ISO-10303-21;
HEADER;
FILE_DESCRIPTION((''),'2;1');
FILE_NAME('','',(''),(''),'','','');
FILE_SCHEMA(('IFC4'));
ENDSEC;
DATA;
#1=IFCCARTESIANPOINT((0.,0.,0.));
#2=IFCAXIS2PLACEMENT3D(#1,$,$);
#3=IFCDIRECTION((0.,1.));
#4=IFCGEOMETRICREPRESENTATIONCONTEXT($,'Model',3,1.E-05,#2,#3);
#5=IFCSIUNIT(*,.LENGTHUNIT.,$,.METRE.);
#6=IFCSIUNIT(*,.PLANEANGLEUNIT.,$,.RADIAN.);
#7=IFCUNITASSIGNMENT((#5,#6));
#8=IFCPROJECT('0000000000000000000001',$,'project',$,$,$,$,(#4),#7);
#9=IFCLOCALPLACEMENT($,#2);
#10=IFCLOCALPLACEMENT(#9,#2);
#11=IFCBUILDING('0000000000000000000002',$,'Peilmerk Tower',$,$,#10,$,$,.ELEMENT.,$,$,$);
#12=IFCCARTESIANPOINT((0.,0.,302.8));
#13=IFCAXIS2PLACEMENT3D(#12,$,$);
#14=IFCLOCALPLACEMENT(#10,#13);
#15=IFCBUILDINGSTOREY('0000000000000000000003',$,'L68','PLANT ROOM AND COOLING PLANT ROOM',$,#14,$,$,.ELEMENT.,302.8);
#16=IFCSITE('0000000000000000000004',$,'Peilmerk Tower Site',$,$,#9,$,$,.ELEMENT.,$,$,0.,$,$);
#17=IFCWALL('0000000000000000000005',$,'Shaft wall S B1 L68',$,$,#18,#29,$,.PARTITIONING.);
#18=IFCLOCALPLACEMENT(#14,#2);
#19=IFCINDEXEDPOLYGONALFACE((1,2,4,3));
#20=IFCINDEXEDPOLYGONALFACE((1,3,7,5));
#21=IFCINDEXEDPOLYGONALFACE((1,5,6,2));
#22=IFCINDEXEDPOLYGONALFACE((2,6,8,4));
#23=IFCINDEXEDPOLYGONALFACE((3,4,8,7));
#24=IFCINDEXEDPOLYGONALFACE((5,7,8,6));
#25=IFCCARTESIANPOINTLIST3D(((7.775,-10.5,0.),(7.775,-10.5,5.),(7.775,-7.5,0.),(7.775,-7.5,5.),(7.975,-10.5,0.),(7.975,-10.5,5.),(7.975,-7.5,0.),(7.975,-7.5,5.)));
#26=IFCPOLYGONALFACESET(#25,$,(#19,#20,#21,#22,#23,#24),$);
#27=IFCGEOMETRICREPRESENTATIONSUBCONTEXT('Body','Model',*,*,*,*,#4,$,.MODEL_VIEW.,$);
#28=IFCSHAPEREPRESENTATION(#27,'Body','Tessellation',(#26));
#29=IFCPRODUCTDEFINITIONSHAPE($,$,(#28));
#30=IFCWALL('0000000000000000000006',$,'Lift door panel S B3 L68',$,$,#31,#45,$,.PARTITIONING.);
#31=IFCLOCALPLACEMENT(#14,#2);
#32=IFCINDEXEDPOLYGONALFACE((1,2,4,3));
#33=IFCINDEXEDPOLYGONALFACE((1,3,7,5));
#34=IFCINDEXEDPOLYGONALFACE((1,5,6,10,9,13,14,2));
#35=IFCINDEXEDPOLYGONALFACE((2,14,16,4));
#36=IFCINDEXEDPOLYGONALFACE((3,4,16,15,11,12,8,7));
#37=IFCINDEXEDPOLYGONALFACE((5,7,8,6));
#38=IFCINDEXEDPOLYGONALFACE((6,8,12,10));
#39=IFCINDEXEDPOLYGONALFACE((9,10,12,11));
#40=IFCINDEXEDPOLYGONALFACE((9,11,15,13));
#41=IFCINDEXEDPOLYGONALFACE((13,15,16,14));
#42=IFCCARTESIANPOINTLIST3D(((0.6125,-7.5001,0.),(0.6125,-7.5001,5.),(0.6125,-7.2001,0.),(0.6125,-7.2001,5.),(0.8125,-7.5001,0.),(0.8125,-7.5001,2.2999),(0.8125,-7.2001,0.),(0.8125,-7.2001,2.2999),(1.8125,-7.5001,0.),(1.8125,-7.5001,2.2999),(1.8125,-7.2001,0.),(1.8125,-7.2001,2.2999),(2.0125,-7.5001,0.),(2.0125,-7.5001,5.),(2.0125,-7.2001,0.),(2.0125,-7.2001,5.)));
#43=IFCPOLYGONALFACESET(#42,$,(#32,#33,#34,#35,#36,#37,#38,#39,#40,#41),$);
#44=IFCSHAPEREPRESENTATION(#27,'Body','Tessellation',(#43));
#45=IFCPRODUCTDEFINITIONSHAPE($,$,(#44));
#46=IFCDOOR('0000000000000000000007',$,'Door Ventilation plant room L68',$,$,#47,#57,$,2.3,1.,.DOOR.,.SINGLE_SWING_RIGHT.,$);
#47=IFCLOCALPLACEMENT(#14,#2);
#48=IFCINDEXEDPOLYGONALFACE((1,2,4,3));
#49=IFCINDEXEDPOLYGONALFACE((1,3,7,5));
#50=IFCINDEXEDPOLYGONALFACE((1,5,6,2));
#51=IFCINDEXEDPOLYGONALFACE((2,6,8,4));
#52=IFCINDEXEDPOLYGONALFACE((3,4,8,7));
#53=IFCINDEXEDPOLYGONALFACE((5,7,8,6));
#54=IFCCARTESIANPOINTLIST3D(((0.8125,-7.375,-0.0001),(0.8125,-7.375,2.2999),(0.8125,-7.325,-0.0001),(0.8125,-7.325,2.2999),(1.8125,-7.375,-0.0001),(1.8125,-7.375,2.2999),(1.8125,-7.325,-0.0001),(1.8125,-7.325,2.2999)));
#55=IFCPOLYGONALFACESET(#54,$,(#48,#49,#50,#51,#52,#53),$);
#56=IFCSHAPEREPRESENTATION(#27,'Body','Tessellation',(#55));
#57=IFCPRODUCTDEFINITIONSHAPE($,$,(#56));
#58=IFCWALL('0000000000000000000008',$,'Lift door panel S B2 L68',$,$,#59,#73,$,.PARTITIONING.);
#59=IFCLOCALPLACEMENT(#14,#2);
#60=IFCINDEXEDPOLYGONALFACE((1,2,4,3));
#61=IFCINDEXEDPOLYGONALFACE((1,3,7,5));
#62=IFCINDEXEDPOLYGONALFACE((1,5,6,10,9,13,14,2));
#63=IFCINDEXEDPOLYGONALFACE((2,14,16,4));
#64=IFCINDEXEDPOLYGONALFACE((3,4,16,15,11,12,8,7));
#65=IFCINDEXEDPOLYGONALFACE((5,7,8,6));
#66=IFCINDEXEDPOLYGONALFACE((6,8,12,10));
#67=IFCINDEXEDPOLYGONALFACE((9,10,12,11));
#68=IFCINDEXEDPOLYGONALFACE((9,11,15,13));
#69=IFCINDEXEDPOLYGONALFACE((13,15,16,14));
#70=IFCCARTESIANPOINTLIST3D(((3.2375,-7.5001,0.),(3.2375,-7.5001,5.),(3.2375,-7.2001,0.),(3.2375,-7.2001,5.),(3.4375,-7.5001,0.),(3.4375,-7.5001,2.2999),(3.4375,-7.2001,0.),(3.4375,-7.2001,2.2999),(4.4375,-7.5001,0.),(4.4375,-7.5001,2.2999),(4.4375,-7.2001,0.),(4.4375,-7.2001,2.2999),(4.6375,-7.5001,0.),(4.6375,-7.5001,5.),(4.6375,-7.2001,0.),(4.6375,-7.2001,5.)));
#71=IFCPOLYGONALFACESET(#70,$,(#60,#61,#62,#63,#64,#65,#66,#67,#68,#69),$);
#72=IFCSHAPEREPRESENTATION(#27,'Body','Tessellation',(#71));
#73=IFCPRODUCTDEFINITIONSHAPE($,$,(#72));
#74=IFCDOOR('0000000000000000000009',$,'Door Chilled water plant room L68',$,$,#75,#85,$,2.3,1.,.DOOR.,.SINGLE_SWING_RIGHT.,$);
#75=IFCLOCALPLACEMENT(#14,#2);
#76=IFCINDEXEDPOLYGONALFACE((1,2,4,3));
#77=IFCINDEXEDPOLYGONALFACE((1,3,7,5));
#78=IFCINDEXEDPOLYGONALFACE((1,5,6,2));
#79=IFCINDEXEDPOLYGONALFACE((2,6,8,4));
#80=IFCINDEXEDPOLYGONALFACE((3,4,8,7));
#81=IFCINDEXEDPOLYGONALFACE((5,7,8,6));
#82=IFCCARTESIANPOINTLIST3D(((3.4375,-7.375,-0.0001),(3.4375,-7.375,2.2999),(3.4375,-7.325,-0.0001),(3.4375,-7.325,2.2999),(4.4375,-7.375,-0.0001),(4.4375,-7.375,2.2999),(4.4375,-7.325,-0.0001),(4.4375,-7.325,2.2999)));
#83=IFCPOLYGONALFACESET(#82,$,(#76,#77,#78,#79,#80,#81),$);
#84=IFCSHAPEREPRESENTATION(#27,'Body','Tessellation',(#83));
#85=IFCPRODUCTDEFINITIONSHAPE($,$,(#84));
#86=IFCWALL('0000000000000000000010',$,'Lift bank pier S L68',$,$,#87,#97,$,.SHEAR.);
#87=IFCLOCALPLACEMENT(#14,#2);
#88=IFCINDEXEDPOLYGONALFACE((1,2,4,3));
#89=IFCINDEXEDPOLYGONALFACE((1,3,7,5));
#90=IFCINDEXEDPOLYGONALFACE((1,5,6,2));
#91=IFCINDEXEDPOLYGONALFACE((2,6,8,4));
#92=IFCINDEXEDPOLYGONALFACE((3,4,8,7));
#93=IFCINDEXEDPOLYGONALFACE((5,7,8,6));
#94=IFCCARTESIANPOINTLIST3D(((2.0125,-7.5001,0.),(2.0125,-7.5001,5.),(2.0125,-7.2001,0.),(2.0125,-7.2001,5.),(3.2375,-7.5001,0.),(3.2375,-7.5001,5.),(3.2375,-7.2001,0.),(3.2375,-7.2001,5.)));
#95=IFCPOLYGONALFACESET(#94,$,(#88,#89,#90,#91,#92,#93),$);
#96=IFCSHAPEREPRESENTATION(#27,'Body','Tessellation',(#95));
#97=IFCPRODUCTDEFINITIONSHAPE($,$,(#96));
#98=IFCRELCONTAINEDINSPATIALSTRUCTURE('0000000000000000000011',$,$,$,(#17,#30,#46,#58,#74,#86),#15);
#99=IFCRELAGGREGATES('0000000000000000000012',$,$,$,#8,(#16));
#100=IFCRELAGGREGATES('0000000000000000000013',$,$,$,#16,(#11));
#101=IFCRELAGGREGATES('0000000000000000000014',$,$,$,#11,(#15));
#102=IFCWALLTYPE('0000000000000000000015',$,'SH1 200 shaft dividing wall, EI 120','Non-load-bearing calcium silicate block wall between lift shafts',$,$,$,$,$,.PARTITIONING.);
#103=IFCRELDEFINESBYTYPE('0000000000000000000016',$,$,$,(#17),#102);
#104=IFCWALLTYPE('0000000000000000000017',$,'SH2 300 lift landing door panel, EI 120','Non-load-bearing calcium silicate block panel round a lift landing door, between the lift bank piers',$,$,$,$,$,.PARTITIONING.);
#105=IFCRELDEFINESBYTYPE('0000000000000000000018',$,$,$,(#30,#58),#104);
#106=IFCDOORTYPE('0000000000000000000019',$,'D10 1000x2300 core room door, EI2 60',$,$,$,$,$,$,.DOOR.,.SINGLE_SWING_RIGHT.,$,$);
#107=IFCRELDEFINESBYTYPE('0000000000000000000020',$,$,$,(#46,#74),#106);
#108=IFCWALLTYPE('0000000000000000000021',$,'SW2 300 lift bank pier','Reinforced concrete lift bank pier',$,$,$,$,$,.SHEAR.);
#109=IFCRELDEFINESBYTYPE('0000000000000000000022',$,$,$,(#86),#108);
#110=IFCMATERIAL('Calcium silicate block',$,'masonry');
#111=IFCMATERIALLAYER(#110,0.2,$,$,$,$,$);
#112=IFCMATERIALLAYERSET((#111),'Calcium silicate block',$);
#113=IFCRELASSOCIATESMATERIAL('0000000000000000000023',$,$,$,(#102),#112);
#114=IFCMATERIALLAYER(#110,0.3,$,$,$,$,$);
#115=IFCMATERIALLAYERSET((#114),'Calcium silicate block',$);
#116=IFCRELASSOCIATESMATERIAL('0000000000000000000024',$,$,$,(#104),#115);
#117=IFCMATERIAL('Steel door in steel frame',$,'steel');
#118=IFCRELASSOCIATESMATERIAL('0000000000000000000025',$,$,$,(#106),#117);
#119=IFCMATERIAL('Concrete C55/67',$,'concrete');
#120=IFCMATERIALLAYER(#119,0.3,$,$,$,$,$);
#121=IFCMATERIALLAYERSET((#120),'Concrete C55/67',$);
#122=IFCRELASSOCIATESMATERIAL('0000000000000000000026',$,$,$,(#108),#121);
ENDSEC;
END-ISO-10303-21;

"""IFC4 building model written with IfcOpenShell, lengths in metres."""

from ifc_helpers import new_model, si_unit, direction, frame, frame_2d, origin, place, context, subcontext, project, spatial, rectangle, extrude, material, layer, layer_set, type_object, element, fill, save


model = new_model("IFC4")

# Units and contexts
model_context = context("Model", 3, precision=1e-05, world=origin(), true_north=direction((0.0, 1.0)))
body_context = subcontext(model_context, "Body", "Model", "MODEL_VIEW")
ifc_project = project(units=[si_unit("LENGTHUNIT", "METRE"), si_unit("PLANEANGLEUNIT", "RADIAN")], contexts=[model_context])

# Site, building, storey
site_placement = place(None, origin())
site = spatial("IfcSite", under=ifc_project, at=site_placement, Name="Peilmerk Tower Site", CompositionType="ELEMENT", RefElevation=0.0)
building_placement = place(site_placement, origin())
building = spatial("IfcBuilding", under=site, at=building_placement, Name="Peilmerk Tower", CompositionType="ELEMENT")
storey_placement = place(building_placement, frame((0.0, 0.0, 302.8)))
storey = spatial("IfcBuildingStorey", under=building, at=storey_placement, Name="L68", Description="PLANT ROOM AND COOLING PLANT ROOM", CompositionType="ELEMENT", Elevation=302.8)

# Wall
ifc_material_1 = material(Name="Calcium silicate block", Category="masonry")
ifc_layer_1 = layer(ifc_material_1, 0.2)
ifc_layer_set_1 = layer_set([ifc_layer_1], Name="Calcium silicate block")
wall_type_1 = type_object("IfcWallType", Name="SH1 200 shaft dividing wall, EI 120", Description="Non-load-bearing calcium silicate block wall between lift shafts", PredefinedType="PARTITIONING", material=ifc_layer_set_1)
for number, where, z_axis, x_axis, name in (
    (1, (7.875, -10.5, 0.0), (0.0, 0.0, 1.0), (0.0, 1.0, 0.0), "Shaft wall S B1 L68"),
):
    element("IfcWall", number, at=place(storey_placement, frame(where, z_axis=z_axis, x_axis=x_axis)), inside=storey, type_object=wall_type_1, Name=name, PredefinedType="PARTITIONING", context=body_context, shape_type="SweptSolid", body=[
        extrude(rectangle(XDim=3.0, YDim=0.2, at=frame_2d((1.5, 0.0))), origin(), (0.0, 0.0, 1.0), 5.0),
    ])

# Walls, openings, doors
ifc_layer_2 = layer(ifc_material_1, 0.3)
ifc_layer_set_2 = layer_set([ifc_layer_2], Name="Calcium silicate block")
wall_type_2 = type_object("IfcWallType", Name="SH2 300 lift landing door panel, EI 120", Description="Non-load-bearing calcium silicate block panel round a lift landing door, between the lift bank piers", PredefinedType="PARTITIONING", material=ifc_layer_set_2)
wall_1_placement = place(storey_placement, frame((0.6125, -7.3501, 0.0), z_axis=(0.0, 0.0, 1.0), x_axis=(1.0, 0.0, 0.0)))
wall_1 = element("IfcWall", 2, at=wall_1_placement, inside=storey, type_object=wall_type_2, Name="Lift door panel S B3 L68", PredefinedType="PARTITIONING", context=body_context, shape_type="SweptSolid", body=[
    extrude(rectangle(XDim=1.3999, YDim=0.3, at=frame_2d((0.7, 0.0))), origin(), (0.0, 0.0, 1.0), 5.0),
])
opening_1_placement = place(wall_1_placement, frame((0.2, 0.0, 0.0)))
opening_1 = element("IfcOpeningElement", 3, at=opening_1_placement, cuts=wall_1, PredefinedType="OPENING", context=body_context, shape_type="SweptSolid", body=[
    extrude(rectangle(XDim=1.0, YDim=2.3, at=frame_2d((0.5, 1.1499))), frame((0.0, 0.1599, 0.0), z_axis=(0.0, -1.0, 0.0), x_axis=(1.0, 0.0, 0.0)), (0.0, 0.0, 1.0), 0.3201),
])
ifc_material_2 = material(Name="Steel door in steel frame", Category="steel")
door_type = type_object("IfcDoorType", Name="D10 1000x2300 core room door, EI2 60", OperationType="SINGLE_SWING_RIGHT", PredefinedType="DOOR", material=ifc_material_2)
door_1_placement = place(opening_1_placement, frame((1.0, 0.0, 0.0), z_axis=(0.0, 0.0, 1.0), x_axis=(-1.0, 0.0, 0.0)))
door_1 = element("IfcDoor", 4, at=door_1_placement, inside=storey, type_object=door_type, Name="Door Ventilation plant room L68", OperationType="SINGLE_SWING_RIGHT", OverallHeight=2.3, OverallWidth=1.0, PredefinedType="DOOR", context=body_context, shape_type="SweptSolid", body=[
    extrude(rectangle(XDim=1.0, YDim=2.3, at=frame_2d((0.5, 1.1499))), frame((0.0, 0.0249, 0.0), z_axis=(0.0, -1.0, 0.0), x_axis=(1.0, 0.0, 0.0)), (0.0, 0.0, 1.0), 0.05),
])
fill(opening_1, door_1)
wall_2_placement = place(storey_placement, frame((3.2375, -7.3501, 0.0), z_axis=(0.0, 0.0, 1.0), x_axis=(1.0, 0.0, 0.0)))
wall_2 = element("IfcWall", 5, at=wall_2_placement, inside=storey, type_object=wall_type_2, Name="Lift door panel S B2 L68", PredefinedType="PARTITIONING", context=body_context, shape_type="SweptSolid", body=[
    extrude(rectangle(XDim=1.3999, YDim=0.3, at=frame_2d((0.7, 0.0))), origin(), (0.0, 0.0, 1.0), 5.0),
])
opening_2_placement = place(wall_2_placement, frame((0.2, 0.0, 0.0)))
opening_2 = element("IfcOpeningElement", 6, at=opening_2_placement, cuts=wall_2, PredefinedType="OPENING", context=body_context, shape_type="SweptSolid", body=[
    extrude(rectangle(XDim=1.0, YDim=2.3, at=frame_2d((0.5, 1.1499))), frame((0.0, 0.1599, 0.0), z_axis=(0.0, -1.0, 0.0), x_axis=(1.0, 0.0, 0.0)), (0.0, 0.0, 1.0), 0.3201),
])
door_2_placement = place(opening_2_placement, frame((1.0, 0.0, 0.0), z_axis=(0.0, 0.0, 1.0), x_axis=(-1.0, 0.0, 0.0)))
door_2 = element("IfcDoor", 7, at=door_2_placement, inside=storey, type_object=door_type, Name="Door Chilled water plant room L68", OperationType="SINGLE_SWING_RIGHT", OverallHeight=2.3, OverallWidth=1.0, PredefinedType="DOOR", context=body_context, shape_type="SweptSolid", body=[
    extrude(rectangle(XDim=1.0, YDim=2.3, at=frame_2d((0.5, 1.1499))), frame((0.0, 0.0249, 0.0), z_axis=(0.0, -1.0, 0.0), x_axis=(1.0, 0.0, 0.0)), (0.0, 0.0, 1.0), 0.05),
])
fill(opening_2, door_2)

# Wall
ifc_material_3 = material(Name="Concrete C55/67", Category="concrete")
ifc_layer_3 = layer(ifc_material_3, 0.3)
ifc_layer_set_3 = layer_set([ifc_layer_3], Name="Concrete C55/67")
wall_type_3 = type_object("IfcWallType", Name="SW2 300 lift bank pier", Description="Reinforced concrete lift bank pier", PredefinedType="SHEAR", material=ifc_layer_set_3)
wall_3_placement = place(storey_placement, frame((2.0125, -7.3501, 0.0), z_axis=(0.0, 0.0, 1.0), x_axis=(1.0, 0.0, 0.0)))
element("IfcWall", 8, at=wall_3_placement, inside=storey, type_object=wall_type_3, Name="Lift bank pier S L68", PredefinedType="SHEAR", context=body_context, shape_type="SweptSolid", body=[
    extrude(rectangle(XDim=1.2251, YDim=0.3, at=frame_2d((0.6125, 0.0))), origin(), (0.0, 0.0, 1.0), 5.0),
])

save(model, "model.ifc")
